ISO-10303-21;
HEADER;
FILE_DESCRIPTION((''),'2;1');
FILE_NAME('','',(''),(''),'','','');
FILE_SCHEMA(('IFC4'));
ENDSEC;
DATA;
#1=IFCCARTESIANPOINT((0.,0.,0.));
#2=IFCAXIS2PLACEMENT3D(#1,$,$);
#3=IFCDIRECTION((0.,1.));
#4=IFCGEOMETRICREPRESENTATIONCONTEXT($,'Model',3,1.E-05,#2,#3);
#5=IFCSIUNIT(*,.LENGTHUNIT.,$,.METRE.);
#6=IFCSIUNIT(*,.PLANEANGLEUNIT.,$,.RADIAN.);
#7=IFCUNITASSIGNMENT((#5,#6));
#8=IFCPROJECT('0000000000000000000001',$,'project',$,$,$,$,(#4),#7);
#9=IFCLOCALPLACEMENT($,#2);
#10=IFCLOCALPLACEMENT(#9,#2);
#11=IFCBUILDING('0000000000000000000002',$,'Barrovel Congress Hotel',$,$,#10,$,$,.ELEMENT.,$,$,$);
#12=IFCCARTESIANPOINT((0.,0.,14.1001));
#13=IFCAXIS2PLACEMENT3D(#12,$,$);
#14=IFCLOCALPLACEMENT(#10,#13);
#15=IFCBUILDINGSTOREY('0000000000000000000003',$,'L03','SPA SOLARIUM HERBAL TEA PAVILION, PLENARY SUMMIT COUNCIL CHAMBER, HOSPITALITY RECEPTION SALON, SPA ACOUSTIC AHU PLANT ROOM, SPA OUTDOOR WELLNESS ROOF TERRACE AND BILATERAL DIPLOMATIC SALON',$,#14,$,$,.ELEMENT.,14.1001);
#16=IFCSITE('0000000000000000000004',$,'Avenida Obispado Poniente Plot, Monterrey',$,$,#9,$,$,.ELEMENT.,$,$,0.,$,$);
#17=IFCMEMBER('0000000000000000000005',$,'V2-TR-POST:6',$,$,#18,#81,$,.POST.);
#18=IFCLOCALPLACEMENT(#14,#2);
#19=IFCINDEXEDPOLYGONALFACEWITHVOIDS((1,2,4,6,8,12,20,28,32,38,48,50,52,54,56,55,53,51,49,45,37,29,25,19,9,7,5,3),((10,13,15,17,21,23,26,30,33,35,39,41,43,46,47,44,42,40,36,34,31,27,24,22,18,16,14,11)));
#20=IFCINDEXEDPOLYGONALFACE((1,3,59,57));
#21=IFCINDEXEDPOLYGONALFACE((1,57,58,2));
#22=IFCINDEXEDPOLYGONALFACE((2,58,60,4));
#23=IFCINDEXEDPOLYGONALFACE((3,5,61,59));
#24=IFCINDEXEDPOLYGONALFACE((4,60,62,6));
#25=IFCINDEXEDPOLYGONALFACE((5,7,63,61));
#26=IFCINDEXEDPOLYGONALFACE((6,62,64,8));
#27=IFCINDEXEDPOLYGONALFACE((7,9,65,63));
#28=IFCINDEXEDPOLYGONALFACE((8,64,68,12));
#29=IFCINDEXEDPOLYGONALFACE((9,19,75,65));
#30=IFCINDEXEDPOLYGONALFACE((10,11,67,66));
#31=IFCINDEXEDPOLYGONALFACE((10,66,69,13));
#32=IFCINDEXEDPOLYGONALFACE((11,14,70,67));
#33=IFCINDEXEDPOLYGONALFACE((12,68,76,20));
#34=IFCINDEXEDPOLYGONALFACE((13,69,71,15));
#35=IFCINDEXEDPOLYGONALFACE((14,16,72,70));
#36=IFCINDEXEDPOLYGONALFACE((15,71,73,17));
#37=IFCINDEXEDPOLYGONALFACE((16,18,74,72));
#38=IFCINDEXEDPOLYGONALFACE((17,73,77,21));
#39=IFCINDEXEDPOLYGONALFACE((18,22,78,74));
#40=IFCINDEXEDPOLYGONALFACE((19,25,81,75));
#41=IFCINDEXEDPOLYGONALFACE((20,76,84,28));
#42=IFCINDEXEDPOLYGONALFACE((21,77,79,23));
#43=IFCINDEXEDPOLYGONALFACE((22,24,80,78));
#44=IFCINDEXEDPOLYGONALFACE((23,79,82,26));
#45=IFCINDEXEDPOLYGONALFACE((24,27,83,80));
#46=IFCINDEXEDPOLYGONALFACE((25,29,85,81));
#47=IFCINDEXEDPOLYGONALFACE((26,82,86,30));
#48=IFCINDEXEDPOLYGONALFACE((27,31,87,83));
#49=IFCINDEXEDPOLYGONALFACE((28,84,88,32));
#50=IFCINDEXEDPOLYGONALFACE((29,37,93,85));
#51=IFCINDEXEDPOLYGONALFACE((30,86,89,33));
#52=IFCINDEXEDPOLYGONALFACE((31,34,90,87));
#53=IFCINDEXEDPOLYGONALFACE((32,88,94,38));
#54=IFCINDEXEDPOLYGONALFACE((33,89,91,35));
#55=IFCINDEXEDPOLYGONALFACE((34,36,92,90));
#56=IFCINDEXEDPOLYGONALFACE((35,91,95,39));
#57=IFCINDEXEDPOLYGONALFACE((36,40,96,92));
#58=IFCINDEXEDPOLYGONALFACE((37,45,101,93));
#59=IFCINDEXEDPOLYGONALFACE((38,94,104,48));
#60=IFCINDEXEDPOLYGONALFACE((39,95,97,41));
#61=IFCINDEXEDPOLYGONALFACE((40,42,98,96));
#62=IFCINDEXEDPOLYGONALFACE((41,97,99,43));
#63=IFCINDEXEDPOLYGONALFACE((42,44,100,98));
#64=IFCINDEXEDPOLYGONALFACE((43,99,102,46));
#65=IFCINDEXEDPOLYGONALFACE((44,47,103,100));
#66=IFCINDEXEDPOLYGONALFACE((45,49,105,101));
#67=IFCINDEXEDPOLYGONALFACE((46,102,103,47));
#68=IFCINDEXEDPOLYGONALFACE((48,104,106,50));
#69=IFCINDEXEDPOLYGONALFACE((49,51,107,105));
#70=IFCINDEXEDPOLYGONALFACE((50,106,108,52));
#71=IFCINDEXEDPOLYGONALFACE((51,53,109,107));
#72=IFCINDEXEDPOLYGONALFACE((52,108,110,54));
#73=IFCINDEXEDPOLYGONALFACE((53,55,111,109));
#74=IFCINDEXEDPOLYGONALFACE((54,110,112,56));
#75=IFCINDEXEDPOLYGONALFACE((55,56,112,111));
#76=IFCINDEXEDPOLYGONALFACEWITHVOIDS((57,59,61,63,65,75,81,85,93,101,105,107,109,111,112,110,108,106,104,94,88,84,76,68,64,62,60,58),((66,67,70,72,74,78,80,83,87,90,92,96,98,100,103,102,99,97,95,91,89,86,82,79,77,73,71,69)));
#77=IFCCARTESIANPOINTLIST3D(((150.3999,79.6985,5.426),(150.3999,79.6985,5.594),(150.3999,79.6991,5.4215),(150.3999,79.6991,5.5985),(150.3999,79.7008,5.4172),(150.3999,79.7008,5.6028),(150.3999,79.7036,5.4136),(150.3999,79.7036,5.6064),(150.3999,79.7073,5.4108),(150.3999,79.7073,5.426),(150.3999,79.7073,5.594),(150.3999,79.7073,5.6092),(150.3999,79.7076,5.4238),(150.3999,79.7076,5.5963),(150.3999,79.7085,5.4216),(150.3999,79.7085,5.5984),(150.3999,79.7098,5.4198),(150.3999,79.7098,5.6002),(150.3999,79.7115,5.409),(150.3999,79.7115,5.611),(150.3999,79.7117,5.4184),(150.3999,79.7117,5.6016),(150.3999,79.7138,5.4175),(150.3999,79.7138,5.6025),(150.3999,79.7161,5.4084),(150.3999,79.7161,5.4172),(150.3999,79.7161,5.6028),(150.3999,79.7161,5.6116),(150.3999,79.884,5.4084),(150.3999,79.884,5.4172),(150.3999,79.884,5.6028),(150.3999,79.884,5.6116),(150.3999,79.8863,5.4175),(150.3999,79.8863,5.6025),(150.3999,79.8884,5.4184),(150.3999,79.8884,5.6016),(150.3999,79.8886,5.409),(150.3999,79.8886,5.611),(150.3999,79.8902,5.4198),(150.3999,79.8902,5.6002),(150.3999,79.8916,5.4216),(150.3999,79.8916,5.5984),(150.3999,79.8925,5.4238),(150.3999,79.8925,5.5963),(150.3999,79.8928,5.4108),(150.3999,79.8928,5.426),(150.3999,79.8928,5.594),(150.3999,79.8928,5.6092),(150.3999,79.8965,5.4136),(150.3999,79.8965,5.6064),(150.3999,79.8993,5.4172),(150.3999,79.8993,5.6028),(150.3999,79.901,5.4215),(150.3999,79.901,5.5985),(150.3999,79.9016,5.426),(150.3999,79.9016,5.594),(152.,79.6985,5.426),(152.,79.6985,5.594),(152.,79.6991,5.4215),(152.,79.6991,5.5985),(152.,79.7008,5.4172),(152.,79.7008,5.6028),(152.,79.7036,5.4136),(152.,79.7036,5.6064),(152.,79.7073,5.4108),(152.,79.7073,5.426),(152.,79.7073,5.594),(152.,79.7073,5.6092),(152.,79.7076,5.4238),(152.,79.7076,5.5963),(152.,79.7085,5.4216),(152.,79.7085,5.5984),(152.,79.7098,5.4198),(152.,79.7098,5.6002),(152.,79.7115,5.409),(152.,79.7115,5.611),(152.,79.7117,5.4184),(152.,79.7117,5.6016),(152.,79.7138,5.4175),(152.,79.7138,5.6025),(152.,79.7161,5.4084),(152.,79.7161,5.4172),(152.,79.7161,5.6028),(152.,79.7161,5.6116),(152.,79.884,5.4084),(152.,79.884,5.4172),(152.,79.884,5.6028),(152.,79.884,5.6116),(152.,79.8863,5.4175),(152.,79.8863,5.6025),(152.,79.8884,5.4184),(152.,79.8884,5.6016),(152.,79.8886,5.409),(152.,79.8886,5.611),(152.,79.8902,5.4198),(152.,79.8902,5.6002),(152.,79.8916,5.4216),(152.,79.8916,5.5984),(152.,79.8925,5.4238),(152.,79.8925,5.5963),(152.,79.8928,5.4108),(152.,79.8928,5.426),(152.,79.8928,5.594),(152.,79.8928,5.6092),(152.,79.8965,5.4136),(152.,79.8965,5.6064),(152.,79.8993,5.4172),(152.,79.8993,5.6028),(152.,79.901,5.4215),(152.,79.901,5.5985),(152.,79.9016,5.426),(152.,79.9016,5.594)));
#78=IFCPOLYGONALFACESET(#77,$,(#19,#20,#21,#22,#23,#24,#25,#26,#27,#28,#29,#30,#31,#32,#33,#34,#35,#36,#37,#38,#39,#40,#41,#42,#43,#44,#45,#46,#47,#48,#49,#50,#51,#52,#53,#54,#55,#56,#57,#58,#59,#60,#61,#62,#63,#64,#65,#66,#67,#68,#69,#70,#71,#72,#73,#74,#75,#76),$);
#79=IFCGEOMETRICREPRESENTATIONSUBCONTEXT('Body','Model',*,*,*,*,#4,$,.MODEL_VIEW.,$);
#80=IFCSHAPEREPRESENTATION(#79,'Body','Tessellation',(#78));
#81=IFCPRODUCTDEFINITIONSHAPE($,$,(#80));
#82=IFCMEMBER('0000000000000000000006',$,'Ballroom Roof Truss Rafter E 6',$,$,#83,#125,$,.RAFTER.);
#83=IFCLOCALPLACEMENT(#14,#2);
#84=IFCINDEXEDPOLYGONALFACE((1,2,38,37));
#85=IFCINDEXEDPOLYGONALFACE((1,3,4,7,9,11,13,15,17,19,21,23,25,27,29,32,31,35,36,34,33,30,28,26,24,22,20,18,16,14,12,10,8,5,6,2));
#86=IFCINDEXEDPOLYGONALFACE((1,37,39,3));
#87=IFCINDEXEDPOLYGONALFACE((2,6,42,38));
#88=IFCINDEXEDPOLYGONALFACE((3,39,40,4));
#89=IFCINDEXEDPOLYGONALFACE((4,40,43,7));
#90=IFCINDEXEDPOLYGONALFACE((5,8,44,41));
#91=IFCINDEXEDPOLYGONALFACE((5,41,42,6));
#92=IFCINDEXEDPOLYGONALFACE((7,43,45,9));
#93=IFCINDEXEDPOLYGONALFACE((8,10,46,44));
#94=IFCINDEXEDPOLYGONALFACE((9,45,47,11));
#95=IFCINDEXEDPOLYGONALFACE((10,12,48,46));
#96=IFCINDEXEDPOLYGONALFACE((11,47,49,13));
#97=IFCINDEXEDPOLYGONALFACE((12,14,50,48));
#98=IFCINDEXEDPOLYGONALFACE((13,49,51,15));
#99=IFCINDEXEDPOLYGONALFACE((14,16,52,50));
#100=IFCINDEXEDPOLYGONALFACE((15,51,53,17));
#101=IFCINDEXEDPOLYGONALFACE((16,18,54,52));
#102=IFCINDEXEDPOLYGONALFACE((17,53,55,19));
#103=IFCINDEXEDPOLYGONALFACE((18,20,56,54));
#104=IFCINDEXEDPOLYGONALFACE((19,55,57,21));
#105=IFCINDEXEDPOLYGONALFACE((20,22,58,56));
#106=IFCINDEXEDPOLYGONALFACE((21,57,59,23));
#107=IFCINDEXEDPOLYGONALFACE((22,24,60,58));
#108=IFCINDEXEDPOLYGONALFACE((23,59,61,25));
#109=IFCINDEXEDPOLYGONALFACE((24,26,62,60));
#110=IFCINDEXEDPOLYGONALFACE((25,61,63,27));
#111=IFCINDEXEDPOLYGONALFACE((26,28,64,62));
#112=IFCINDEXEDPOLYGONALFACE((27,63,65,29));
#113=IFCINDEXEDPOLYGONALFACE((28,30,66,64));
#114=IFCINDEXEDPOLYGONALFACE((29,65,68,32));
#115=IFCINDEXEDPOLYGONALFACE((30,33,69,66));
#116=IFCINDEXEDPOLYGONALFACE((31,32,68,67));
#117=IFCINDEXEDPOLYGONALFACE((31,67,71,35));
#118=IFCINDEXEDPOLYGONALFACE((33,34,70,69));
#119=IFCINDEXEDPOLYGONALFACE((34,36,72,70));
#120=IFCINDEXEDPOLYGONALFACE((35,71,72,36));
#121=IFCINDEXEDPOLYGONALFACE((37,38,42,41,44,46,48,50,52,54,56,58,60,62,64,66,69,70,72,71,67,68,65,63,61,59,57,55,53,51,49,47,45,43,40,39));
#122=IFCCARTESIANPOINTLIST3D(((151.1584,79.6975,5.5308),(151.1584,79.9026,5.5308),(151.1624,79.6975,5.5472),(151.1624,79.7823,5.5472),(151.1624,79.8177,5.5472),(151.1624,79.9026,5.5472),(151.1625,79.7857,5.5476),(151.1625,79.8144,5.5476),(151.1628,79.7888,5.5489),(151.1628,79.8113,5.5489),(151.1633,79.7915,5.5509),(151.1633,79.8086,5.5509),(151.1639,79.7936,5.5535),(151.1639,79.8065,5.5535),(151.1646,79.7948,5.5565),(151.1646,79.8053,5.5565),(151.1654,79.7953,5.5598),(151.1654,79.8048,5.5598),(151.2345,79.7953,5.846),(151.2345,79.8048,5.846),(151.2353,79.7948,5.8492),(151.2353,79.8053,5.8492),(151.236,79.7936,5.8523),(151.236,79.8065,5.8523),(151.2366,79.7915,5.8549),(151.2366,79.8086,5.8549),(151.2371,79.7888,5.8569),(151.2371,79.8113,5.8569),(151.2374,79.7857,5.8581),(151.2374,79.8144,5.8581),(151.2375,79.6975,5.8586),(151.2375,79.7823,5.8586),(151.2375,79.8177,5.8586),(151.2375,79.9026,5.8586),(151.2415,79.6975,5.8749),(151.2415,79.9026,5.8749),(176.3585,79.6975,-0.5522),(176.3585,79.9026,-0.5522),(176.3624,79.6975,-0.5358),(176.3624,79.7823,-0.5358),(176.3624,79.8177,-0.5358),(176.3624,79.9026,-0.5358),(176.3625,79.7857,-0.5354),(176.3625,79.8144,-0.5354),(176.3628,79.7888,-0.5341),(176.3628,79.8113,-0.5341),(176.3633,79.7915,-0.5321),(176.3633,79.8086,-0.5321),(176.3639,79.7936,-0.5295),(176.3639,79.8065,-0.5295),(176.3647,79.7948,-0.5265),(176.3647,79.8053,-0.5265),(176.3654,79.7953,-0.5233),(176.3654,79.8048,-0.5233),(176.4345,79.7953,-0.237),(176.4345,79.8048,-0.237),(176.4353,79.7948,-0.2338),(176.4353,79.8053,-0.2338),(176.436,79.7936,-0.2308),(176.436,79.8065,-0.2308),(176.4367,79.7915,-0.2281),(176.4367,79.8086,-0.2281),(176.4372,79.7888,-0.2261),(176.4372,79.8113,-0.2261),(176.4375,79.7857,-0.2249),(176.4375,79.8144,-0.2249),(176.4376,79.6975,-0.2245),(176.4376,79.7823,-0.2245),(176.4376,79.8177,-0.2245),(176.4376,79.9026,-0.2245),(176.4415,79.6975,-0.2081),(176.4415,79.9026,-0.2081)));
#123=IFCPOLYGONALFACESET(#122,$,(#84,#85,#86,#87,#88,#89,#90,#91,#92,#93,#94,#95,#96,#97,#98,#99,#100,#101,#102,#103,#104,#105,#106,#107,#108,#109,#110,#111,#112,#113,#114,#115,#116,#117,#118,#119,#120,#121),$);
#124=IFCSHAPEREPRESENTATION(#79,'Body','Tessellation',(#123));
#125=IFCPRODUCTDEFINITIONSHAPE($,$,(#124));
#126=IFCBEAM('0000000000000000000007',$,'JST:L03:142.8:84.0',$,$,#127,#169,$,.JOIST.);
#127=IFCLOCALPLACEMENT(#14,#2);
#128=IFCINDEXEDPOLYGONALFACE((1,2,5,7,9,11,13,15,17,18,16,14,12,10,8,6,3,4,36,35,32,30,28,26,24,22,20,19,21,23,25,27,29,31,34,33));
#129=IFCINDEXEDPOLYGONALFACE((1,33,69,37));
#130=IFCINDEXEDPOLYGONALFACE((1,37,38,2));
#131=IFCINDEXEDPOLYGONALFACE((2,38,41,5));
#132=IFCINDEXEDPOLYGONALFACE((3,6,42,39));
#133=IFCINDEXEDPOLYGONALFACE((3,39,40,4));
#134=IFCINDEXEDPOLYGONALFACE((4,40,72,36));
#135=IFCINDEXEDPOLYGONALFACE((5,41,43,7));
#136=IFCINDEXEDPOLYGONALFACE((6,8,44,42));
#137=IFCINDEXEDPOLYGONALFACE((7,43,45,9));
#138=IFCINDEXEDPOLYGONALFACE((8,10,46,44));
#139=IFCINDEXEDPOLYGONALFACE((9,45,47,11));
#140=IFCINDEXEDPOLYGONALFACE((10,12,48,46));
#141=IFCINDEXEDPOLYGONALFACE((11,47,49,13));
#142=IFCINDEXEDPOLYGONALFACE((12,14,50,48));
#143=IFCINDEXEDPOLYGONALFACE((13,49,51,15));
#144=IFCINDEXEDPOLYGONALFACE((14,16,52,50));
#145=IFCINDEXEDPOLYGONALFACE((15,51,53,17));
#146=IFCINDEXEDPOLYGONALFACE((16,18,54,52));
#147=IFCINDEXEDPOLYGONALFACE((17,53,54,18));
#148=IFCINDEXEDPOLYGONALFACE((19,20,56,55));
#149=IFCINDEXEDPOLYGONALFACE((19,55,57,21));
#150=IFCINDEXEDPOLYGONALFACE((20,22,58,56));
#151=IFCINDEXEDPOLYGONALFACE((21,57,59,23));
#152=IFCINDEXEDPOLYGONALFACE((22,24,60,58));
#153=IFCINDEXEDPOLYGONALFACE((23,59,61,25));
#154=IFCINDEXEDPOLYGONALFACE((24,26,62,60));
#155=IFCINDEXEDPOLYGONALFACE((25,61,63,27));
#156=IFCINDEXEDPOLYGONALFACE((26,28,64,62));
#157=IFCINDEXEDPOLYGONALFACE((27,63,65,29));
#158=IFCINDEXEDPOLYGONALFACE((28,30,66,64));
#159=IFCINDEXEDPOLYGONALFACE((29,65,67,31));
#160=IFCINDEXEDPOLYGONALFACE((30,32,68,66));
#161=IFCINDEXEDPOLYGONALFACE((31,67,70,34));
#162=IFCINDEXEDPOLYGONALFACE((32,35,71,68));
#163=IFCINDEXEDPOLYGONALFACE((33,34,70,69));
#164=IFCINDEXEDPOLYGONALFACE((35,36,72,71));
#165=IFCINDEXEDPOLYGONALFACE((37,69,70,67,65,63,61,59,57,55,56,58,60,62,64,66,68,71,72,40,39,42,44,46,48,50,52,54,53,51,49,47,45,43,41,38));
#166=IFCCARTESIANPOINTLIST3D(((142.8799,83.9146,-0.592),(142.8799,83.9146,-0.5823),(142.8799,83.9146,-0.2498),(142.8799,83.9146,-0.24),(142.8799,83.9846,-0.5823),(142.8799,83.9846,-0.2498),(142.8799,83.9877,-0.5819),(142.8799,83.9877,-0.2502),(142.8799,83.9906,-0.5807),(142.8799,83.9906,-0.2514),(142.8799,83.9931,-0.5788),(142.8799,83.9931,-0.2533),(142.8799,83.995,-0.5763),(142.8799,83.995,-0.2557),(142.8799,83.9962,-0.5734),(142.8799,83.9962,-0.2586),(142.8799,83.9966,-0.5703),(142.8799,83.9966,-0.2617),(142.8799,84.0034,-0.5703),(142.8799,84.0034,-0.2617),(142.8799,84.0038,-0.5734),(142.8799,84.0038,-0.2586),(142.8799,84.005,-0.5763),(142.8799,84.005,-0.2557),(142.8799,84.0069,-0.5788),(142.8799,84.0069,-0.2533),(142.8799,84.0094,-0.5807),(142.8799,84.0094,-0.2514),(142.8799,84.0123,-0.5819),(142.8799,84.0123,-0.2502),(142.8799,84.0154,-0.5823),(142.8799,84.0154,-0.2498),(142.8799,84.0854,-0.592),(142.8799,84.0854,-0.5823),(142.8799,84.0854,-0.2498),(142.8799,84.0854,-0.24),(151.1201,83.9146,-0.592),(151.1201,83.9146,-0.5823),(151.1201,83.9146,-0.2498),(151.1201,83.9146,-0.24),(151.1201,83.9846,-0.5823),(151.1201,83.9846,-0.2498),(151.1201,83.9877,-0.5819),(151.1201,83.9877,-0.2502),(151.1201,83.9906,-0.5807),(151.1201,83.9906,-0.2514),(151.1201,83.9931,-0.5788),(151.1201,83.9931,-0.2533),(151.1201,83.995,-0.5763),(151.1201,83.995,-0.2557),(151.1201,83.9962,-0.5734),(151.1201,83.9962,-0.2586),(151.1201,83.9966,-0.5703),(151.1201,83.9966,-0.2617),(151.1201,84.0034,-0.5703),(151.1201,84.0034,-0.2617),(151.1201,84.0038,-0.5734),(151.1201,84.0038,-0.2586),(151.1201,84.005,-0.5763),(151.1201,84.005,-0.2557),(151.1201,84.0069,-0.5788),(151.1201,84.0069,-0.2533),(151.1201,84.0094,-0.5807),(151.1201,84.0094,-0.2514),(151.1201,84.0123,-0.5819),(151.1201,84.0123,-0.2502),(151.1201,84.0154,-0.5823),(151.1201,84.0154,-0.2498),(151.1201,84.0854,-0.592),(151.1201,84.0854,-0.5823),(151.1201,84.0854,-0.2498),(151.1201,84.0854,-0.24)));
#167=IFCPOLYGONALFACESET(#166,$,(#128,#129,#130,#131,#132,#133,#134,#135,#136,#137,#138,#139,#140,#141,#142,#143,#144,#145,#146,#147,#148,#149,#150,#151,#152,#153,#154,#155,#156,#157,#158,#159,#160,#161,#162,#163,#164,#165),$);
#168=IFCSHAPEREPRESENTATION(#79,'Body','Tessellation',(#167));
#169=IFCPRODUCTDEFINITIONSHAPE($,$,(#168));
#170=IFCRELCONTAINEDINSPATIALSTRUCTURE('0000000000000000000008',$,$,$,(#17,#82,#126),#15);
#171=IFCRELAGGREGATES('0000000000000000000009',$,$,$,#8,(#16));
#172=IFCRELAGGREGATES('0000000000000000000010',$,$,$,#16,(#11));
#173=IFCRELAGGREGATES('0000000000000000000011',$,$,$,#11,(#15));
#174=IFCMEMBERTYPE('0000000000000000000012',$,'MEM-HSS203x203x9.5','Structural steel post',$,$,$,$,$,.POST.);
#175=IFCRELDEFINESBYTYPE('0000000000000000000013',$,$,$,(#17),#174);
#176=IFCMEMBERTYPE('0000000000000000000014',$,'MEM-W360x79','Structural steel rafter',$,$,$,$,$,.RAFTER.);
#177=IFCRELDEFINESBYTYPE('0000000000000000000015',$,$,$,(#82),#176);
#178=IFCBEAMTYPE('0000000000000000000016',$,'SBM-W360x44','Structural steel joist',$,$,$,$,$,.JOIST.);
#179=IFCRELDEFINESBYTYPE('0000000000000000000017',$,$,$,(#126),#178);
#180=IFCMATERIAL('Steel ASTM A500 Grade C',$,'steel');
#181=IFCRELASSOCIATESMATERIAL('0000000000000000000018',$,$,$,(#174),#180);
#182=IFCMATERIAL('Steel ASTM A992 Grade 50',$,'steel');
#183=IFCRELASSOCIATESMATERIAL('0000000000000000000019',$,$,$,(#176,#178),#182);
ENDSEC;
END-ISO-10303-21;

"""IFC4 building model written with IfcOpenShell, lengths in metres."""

from ifc_helpers import new_model, si_unit, direction, frame, origin, origin_2d, place, context, subcontext, project, spatial, hollow_rectangle, i_section, extrude, material, material_profile, profile_set, type_object, element, save


model = new_model("IFC4")

# Units and contexts
model_context = context("Model", 3, precision=1e-05, world=origin(), true_north=direction((0.0, 1.0)))
body_context = subcontext(model_context, "Body", "Model", "MODEL_VIEW")
ifc_project = project(units=[si_unit("LENGTHUNIT", "METRE"), si_unit("PLANEANGLEUNIT", "RADIAN")], contexts=[model_context])

# Site, building, storey
site_placement = place(None, origin())
site = spatial("IfcSite", under=ifc_project, at=site_placement, Name="Avenida Obispado Poniente Plot, Monterrey", CompositionType="ELEMENT", RefElevation=0.0)
building_placement = place(site_placement, origin())
building = spatial("IfcBuilding", under=site, at=building_placement, Name="Barrovel Congress Hotel", CompositionType="ELEMENT")
storey_placement = place(building_placement, frame((0.0, 0.0, 14.1001)))
storey = spatial("IfcBuildingStorey", under=building, at=storey_placement, Name="L03", Description="SPA SOLARIUM HERBAL TEA PAVILION, PLENARY SUMMIT COUNCIL CHAMBER, HOSPITALITY RECEPTION SALON, SPA ACOUSTIC AHU PLANT ROOM, SPA OUTDOOR WELLNESS ROOF TERRACE AND BILATERAL DIPLOMATIC SALON", CompositionType="ELEMENT", Elevation=14.1001)

# Shared definitions
ifc_material_1 = material(Name="Steel ASTM A500 Grade C", Category="steel")

# Members
ifc_material_profile_1 = material_profile(ifc_material_1, hollow_rectangle(XDim=0.2031, YDim=0.2031, WallThickness=0.0088, InnerFilletRadius=0.0088, OuterFilletRadius=0.0176, at=origin_2d()), Name="HSS203x203x9.5")
ifc_profile_set_1 = profile_set([ifc_material_profile_1], Name="Steel ASTM A500 Grade C")
member_type_1 = type_object("IfcMemberType", Name="MEM-HSS203x203x9.5", Description="Structural steel post", PredefinedType="POST", material=ifc_profile_set_1)
member_1_placement = place(storey_placement, frame((150.3999, 79.8, 5.51), z_axis=(1.0, 0.0, 0.0), x_axis=(0.0, 1.0, 0.0)))
element("IfcMember", 1, at=member_1_placement, inside=storey, type_object=member_type_1, Name="V2-TR-POST:6", PredefinedType="POST", context=body_context, shape_type="SweptSolid", body=[
    extrude(hollow_rectangle(XDim=0.2031, YDim=0.2031, WallThickness=0.0088, InnerFilletRadius=0.0088, OuterFilletRadius=0.0176, at=origin_2d()), origin(), (0.0, 0.0, 1.0), 1.6001),
])
ifc_material_2 = material(Name="Steel ASTM A992 Grade 50", Category="steel")
ifc_material_profile_2 = material_profile(ifc_material_2, i_section(OverallWidth=0.2051, OverallDepth=0.354, WebThickness=0.0095, FlangeThickness=0.0168, FilletRadius=0.0129, at=origin_2d()), Name="W360x79")
ifc_profile_set_2 = profile_set([ifc_material_profile_2], Name="Steel ASTM A992 Grade 50")
member_type_2 = type_object("IfcMemberType", Name="MEM-W360x79", Description="Structural steel rafter", PredefinedType="RAFTER", material=ifc_profile_set_2)
member_2_placement = place(storey_placement, frame((151.2, 79.8, 5.7029), z_axis=(0.97208, 0.0, -0.23465), x_axis=(0.0, 1.0, 0.0)))
element("IfcMember", 2, at=member_2_placement, inside=storey, type_object=member_type_2, Name="Ballroom Roof Truss Rafter E 6", PredefinedType="RAFTER", context=body_context, shape_type="SweptSolid", body=[
    extrude(i_section(OverallWidth=0.2051, OverallDepth=0.354, WebThickness=0.0095, FlangeThickness=0.0168, FilletRadius=0.0129, at=origin_2d()), origin(), (0.0, 0.0, 1.0), 25.9238),
])

# Beam
ifc_material_profile_3 = material_profile(ifc_material_2, i_section(OverallWidth=0.1709, OverallDepth=0.3521, WebThickness=0.0068, FlangeThickness=0.0098, FilletRadius=0.012, at=origin_2d()), Name="W360x44")
ifc_profile_set_3 = profile_set([ifc_material_profile_3], Name="Steel ASTM A992 Grade 50")
beam_type_1 = type_object("IfcBeamType", Name="SBM-W360x44", Description="Structural steel joist", PredefinedType="JOIST", material=ifc_profile_set_3)
beam_1_placement = place(storey_placement, frame((142.8799, 84.0, -0.416), z_axis=(1.0, 0.0, 0.0), x_axis=(0.0, 1.0, 0.0)))
element("IfcBeam", 3, at=beam_1_placement, inside=storey, type_object=beam_type_1, Name="JST:L03:142.8:84.0", PredefinedType="JOIST", context=body_context, shape_type="SweptSolid", body=[
    extrude(i_section(OverallWidth=0.1709, OverallDepth=0.3521, WebThickness=0.0068, FlangeThickness=0.0098, FilletRadius=0.012, at=origin_2d()), origin(), (0.0, 0.0, 1.0), 8.2402),
])

save(model, "model.ifc")
